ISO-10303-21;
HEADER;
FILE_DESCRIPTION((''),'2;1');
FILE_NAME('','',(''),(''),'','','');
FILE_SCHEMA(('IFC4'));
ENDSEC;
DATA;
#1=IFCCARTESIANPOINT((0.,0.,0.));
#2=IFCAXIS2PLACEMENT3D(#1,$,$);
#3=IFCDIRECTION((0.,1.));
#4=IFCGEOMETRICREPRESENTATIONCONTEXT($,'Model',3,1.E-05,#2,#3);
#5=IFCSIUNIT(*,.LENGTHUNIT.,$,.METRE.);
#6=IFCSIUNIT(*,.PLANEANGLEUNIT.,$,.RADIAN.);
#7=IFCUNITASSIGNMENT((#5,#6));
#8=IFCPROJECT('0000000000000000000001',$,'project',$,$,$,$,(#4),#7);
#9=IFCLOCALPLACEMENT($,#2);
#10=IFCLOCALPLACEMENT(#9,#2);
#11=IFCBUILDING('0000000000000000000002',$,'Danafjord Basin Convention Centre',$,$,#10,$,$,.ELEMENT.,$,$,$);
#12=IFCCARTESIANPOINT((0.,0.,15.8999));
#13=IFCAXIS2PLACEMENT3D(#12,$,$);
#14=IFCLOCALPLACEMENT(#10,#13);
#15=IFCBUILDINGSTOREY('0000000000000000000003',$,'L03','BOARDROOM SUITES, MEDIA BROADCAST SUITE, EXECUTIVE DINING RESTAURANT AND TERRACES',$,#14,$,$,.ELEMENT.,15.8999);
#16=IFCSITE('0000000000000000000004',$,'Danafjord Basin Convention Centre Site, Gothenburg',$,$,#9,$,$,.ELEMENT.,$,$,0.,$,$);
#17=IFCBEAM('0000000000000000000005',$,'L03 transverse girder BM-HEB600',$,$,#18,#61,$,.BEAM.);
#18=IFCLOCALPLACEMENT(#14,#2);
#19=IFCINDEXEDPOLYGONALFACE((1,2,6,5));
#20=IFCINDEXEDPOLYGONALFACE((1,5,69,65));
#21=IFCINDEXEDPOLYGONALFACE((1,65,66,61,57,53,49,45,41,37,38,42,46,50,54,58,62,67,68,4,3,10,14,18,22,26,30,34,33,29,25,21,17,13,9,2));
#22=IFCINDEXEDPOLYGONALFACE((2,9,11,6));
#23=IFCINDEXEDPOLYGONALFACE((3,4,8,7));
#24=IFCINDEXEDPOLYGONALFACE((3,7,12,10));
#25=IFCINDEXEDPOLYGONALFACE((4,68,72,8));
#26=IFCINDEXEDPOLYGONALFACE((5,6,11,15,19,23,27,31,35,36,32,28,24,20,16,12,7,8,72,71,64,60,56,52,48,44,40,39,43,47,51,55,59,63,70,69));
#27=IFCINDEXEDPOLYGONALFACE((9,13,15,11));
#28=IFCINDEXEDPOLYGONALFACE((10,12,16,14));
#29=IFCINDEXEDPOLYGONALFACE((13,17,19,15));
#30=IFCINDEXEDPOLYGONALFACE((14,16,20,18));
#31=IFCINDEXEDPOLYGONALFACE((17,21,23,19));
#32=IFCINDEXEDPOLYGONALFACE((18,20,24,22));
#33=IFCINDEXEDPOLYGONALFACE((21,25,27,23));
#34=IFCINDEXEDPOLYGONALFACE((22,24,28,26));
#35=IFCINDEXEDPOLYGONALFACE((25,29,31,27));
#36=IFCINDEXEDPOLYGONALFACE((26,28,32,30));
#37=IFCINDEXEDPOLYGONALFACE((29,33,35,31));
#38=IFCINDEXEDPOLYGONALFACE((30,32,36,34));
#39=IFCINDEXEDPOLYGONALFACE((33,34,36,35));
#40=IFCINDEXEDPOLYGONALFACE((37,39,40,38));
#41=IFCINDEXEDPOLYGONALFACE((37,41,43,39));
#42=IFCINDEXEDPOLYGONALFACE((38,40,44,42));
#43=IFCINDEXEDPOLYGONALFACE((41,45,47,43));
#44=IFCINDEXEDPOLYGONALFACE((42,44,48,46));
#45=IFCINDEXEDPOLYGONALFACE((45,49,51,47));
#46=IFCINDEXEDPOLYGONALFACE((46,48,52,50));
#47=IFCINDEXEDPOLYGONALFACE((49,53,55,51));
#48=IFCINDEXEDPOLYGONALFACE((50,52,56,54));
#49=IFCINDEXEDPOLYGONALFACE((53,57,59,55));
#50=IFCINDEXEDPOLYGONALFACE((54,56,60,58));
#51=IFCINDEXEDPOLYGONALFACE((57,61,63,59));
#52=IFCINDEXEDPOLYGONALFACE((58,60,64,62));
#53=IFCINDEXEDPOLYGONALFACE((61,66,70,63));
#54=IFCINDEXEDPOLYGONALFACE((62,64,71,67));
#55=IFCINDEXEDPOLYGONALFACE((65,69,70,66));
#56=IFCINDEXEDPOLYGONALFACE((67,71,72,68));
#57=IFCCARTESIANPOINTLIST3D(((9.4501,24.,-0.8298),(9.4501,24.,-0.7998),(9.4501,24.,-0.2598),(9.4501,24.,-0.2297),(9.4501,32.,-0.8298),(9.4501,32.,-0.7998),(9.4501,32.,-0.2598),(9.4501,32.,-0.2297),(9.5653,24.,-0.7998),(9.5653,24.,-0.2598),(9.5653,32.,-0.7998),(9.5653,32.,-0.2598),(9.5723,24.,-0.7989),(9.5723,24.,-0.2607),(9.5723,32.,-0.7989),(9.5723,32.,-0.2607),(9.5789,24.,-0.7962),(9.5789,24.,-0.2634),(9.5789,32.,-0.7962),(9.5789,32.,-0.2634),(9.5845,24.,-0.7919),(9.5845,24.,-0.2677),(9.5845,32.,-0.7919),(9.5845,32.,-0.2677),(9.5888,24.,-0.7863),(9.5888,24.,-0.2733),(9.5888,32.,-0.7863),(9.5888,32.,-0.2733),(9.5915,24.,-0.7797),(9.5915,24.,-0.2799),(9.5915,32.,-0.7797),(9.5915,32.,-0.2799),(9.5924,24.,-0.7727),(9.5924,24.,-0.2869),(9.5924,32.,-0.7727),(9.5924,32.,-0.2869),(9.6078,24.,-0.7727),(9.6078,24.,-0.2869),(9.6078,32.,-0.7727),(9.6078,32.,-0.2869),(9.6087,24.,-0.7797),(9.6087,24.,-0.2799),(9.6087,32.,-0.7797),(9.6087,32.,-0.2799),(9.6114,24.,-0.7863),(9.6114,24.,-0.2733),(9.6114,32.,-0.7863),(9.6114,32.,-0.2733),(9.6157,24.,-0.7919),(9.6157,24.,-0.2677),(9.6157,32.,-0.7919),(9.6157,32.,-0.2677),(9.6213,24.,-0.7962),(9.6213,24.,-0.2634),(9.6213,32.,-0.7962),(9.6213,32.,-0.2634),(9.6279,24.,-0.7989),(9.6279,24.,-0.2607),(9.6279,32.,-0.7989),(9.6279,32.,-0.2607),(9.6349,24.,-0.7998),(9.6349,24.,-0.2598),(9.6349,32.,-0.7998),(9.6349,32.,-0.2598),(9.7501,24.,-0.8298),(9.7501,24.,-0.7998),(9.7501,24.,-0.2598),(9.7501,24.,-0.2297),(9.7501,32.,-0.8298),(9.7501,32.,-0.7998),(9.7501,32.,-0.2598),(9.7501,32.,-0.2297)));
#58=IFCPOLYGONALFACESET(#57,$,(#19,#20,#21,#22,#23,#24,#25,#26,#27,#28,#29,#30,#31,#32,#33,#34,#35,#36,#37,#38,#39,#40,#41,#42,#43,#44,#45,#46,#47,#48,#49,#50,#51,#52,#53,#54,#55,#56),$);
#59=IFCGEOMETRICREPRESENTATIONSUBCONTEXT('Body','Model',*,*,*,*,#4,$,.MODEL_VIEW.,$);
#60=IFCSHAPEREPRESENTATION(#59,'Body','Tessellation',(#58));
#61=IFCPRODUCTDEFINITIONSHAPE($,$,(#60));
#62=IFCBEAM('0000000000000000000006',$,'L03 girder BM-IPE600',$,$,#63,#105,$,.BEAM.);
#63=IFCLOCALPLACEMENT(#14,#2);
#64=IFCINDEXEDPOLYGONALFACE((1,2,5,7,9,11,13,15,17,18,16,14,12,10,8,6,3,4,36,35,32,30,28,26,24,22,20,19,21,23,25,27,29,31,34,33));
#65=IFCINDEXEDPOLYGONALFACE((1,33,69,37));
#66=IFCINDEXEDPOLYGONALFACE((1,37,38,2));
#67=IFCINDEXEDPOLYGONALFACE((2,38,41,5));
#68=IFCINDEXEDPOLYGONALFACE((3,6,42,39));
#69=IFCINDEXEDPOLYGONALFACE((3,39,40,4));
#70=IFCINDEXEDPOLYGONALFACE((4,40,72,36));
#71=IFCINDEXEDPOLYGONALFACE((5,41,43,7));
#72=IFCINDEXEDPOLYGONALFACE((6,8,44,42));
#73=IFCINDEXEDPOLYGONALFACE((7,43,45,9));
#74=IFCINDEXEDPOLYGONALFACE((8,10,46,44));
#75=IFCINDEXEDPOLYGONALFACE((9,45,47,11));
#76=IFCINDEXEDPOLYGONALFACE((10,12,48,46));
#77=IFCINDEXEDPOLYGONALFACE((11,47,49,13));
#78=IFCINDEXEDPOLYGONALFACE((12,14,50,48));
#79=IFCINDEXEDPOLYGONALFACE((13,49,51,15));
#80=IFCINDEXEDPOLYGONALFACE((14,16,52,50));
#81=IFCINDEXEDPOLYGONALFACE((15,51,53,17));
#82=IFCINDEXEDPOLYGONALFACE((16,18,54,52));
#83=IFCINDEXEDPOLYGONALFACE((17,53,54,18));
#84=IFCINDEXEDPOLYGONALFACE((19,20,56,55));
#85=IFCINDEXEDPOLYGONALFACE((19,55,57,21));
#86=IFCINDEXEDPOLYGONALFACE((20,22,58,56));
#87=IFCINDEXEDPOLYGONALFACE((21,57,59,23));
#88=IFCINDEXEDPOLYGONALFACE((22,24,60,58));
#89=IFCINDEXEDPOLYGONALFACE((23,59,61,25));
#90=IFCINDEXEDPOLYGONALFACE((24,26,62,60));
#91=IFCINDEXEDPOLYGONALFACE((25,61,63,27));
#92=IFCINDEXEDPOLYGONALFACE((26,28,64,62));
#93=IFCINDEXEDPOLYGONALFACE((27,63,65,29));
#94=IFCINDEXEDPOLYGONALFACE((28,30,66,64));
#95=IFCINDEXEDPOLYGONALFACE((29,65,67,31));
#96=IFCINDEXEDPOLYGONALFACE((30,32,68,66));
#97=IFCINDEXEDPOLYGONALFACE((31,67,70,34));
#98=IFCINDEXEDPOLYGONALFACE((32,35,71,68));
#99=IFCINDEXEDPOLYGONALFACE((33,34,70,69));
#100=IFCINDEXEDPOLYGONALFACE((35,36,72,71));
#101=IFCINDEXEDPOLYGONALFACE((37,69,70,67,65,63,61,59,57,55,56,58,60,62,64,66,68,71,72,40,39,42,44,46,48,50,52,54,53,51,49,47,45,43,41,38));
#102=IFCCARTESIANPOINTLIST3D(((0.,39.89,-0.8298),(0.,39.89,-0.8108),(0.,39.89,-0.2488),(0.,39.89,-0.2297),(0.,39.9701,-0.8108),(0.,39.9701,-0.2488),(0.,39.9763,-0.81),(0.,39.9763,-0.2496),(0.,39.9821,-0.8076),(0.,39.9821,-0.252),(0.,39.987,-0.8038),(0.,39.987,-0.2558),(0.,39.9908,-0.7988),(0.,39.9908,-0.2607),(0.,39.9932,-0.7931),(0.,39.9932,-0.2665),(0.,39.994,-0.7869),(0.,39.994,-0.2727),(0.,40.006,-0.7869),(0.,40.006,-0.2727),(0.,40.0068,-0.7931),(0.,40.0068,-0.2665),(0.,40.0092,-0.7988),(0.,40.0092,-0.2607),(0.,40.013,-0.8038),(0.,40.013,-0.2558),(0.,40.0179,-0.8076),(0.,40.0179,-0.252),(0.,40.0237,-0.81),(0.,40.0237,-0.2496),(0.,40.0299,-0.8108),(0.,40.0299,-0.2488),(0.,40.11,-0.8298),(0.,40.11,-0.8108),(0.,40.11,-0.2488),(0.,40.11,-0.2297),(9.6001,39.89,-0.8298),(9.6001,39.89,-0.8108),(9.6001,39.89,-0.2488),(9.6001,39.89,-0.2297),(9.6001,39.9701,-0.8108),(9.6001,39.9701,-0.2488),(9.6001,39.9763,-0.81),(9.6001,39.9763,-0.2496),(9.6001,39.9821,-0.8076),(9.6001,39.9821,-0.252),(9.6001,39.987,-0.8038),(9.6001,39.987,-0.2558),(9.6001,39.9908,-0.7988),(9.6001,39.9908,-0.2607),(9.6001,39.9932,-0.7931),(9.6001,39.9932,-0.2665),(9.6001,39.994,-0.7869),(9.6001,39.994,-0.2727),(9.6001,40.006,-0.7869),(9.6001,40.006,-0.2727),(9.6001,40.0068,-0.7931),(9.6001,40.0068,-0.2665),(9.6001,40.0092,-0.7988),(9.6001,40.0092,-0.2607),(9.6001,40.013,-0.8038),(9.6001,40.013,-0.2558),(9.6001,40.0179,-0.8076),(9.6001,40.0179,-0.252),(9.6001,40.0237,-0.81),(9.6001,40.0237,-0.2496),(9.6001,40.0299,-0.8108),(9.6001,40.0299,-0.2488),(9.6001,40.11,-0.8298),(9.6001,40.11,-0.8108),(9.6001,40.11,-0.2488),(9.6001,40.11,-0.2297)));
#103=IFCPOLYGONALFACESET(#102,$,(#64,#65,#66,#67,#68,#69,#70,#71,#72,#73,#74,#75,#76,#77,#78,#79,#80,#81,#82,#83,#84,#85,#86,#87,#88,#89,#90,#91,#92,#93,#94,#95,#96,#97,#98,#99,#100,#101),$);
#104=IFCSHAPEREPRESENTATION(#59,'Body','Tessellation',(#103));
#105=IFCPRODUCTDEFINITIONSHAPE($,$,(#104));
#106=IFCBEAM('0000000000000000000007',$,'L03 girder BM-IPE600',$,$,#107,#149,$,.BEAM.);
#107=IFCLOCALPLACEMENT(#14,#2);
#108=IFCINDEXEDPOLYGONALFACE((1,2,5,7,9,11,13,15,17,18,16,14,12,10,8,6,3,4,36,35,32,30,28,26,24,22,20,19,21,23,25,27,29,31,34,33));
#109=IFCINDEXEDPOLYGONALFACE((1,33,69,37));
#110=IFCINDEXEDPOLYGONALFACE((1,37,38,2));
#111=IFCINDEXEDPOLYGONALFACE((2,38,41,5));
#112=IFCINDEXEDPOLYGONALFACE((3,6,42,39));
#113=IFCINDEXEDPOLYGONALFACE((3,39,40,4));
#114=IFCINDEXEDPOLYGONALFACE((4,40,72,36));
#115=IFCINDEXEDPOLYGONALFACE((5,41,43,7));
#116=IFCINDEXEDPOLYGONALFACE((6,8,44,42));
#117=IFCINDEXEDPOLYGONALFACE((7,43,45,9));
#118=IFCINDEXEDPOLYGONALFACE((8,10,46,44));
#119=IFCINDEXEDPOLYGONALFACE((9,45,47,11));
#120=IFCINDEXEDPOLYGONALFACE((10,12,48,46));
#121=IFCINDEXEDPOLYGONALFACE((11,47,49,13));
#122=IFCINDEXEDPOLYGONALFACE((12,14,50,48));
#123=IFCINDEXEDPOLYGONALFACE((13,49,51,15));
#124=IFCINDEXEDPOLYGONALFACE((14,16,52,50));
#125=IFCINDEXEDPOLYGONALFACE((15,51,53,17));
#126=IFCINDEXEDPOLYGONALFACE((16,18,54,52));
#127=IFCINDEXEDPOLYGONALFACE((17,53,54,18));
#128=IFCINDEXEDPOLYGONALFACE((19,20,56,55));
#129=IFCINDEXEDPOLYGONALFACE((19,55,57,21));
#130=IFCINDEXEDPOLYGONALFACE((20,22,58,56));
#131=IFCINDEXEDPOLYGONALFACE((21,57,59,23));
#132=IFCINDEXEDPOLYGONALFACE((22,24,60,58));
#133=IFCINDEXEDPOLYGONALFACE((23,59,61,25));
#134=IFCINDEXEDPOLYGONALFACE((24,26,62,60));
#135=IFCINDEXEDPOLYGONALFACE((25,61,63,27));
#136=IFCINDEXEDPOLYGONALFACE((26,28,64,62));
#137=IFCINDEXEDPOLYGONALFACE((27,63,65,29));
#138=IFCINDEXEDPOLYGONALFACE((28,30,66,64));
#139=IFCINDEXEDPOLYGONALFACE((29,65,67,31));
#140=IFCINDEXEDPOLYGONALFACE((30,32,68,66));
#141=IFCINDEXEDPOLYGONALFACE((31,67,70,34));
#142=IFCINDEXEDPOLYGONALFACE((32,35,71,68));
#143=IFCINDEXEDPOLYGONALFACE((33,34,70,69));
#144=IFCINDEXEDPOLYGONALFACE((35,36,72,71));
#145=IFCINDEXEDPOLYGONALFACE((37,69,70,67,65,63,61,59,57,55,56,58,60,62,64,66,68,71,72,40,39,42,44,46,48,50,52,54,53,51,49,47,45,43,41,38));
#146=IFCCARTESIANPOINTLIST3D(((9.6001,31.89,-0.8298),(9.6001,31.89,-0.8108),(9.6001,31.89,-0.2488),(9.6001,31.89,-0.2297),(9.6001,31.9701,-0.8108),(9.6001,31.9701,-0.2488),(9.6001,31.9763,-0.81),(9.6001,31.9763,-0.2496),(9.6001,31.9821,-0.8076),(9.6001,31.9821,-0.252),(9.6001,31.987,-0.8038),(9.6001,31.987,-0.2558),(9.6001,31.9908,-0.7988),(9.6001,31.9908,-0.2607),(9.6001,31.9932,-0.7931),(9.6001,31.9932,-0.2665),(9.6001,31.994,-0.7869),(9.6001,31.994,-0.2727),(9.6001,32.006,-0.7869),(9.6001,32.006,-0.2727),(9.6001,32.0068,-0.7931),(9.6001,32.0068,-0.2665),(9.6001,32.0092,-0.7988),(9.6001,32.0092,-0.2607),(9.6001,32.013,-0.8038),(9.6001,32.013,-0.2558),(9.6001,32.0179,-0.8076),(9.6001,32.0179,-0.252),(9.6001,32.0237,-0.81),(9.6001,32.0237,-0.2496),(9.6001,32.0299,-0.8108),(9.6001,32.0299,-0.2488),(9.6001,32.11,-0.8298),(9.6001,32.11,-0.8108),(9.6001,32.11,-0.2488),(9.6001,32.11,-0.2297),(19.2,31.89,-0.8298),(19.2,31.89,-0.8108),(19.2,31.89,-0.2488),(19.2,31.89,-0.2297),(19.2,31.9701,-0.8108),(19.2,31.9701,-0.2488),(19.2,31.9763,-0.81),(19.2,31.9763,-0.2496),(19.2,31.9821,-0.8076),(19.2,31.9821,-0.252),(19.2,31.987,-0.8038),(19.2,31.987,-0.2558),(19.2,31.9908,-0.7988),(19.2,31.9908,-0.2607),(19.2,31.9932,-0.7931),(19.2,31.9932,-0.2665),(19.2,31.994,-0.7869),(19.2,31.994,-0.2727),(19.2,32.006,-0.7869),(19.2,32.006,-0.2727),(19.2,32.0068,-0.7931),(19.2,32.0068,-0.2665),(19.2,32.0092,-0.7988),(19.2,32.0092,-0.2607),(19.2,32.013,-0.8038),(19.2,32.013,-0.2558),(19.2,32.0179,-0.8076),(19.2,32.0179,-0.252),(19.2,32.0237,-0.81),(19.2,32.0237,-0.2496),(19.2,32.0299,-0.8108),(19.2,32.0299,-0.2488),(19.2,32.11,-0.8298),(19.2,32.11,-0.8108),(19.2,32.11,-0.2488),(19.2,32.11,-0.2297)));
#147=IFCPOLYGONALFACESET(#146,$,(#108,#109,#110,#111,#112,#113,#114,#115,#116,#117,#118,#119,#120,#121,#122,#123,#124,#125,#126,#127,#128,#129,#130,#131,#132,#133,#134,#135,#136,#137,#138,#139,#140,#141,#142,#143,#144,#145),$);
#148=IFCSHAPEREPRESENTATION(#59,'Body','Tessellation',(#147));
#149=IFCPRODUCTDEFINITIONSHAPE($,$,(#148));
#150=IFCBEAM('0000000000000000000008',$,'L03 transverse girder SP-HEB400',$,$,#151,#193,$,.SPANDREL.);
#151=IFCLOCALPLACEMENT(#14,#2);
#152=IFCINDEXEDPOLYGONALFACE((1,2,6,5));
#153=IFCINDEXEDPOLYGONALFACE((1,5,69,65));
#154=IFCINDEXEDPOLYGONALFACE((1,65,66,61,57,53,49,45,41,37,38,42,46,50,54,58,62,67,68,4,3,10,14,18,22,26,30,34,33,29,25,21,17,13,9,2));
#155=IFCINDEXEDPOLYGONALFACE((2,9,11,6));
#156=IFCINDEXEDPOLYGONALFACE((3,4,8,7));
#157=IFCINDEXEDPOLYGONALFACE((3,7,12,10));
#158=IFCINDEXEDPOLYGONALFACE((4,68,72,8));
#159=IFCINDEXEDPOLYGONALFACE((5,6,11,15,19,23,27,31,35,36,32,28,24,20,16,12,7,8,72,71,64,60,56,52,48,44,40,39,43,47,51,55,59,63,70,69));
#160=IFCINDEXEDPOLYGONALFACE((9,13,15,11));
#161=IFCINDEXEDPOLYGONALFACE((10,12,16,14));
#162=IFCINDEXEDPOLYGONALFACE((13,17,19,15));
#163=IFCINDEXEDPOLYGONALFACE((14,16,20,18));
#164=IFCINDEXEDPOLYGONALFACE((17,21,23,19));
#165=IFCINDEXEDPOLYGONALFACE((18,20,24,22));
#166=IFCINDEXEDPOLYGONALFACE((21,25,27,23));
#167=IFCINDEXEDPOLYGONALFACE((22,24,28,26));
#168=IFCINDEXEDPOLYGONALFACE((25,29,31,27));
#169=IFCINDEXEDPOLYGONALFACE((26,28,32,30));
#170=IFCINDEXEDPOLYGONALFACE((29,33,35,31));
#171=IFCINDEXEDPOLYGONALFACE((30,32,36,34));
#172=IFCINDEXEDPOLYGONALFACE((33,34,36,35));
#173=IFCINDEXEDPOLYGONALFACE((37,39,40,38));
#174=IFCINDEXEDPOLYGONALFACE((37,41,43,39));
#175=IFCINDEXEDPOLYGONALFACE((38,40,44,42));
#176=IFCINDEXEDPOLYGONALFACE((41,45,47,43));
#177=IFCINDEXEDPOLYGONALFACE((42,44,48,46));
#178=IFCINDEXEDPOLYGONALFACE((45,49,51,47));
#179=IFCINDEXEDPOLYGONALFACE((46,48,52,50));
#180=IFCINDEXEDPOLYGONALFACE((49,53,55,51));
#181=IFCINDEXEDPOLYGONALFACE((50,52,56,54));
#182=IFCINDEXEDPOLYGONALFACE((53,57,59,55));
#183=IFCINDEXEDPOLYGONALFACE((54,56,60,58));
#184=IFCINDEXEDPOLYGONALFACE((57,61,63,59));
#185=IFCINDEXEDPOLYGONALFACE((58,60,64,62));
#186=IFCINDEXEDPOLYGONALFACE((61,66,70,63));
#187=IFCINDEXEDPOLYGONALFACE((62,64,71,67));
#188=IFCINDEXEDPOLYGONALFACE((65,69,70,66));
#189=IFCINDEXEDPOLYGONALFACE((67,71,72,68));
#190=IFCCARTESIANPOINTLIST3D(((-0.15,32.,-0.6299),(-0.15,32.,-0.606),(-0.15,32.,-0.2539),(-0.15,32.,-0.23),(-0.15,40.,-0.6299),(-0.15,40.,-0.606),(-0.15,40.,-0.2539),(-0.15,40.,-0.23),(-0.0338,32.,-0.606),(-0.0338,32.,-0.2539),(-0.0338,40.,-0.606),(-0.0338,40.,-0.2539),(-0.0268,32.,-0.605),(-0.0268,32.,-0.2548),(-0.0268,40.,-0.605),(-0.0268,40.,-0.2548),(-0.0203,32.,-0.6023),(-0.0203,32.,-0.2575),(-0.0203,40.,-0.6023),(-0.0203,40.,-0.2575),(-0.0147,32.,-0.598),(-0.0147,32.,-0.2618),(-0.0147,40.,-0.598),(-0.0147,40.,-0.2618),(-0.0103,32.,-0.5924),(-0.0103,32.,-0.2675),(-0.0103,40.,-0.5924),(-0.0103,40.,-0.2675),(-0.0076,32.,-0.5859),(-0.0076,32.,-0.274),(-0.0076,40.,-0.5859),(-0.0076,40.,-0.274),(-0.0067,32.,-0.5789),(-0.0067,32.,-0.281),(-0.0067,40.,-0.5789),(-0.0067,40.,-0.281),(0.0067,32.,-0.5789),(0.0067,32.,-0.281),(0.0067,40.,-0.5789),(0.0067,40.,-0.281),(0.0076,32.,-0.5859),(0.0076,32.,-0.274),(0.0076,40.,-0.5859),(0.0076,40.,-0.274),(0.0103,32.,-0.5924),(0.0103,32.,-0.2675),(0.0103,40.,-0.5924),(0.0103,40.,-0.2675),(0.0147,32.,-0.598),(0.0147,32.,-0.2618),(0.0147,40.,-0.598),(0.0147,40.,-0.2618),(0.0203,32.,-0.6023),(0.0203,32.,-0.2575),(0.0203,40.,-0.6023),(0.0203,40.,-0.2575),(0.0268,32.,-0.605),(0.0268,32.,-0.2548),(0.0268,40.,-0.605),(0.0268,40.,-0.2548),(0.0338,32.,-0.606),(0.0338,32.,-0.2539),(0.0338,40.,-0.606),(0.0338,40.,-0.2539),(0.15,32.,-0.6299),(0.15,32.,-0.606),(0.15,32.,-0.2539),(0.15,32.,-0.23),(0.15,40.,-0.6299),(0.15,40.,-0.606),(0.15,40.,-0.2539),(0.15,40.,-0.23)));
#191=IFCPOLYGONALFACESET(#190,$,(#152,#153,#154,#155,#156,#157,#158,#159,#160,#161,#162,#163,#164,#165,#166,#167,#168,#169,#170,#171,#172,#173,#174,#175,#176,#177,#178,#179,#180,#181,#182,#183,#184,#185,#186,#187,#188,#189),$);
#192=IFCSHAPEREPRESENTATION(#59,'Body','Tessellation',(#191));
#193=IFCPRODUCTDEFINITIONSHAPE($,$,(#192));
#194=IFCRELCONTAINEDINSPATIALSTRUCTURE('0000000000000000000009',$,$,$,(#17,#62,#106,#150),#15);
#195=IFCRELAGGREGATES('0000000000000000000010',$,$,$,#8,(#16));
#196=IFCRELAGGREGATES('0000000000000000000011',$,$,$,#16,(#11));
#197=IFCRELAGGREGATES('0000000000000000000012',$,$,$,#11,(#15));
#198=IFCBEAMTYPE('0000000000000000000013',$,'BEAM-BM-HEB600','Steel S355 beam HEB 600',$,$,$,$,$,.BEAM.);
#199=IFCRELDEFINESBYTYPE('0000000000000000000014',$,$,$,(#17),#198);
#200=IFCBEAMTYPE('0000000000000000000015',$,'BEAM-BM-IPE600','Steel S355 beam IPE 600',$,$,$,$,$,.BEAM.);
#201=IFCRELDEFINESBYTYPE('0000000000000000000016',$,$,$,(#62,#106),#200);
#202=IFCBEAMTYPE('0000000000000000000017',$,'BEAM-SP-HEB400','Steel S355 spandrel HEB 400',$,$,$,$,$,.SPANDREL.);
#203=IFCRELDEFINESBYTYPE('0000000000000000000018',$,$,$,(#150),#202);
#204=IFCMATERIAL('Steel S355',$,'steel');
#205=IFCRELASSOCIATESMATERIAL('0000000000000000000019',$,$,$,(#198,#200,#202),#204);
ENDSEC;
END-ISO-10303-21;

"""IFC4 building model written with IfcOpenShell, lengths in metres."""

from ifc_helpers import new_model, si_unit, direction, frame, origin, origin_2d, place, context, subcontext, project, spatial, i_section, extrude, material, material_profile, profile_set, type_object, element, save


model = new_model("IFC4")

# Units and contexts
model_context = context("Model", 3, precision=1e-05, world=origin(), true_north=direction((0.0, 1.0)))
body_context = subcontext(model_context, "Body", "Model", "MODEL_VIEW")
ifc_project = project(units=[si_unit("LENGTHUNIT", "METRE"), si_unit("PLANEANGLEUNIT", "RADIAN")], contexts=[model_context])

# Site, building, storey
site_placement = place(None, origin())
site = spatial("IfcSite", under=ifc_project, at=site_placement, Name="Danafjord Basin Convention Centre Site, Gothenburg", CompositionType="ELEMENT", RefElevation=0.0)
building_placement = place(site_placement, origin())
building = spatial("IfcBuilding", under=site, at=building_placement, Name="Danafjord Basin Convention Centre", CompositionType="ELEMENT")
storey_placement = place(building_placement, frame((0.0, 0.0, 15.8999)))
storey = spatial("IfcBuildingStorey", under=building, at=storey_placement, Name="L03", Description="BOARDROOM SUITES, MEDIA BROADCAST SUITE, EXECUTIVE DINING RESTAURANT AND TERRACES", CompositionType="ELEMENT", Elevation=15.8999)

# Shared definitions
ifc_material_1 = material(Name="Steel S355", Category="steel")

# Beams
ifc_material_profile_1 = material_profile(ifc_material_1, i_section(OverallWidth=0.3, OverallDepth=0.6001, WebThickness=0.0154, FlangeThickness=0.03, FilletRadius=0.0271, at=origin_2d()), Name="HEB 600")
ifc_profile_set_1 = profile_set([ifc_material_profile_1], Name="Steel S355")
beam_type_1 = type_object("IfcBeamType", Name="BEAM-BM-HEB600", Description="Steel S355 beam HEB 600", PredefinedType="BEAM", material=ifc_profile_set_1)
beam_1_placement = place(storey_placement, frame((9.6001, 24.0, -0.5298), z_axis=(0.0, 1.0, 0.0), x_axis=(-1.0, 0.0, 0.0)))
element("IfcBeam", 1, at=beam_1_placement, inside=storey, type_object=beam_type_1, Name="L03 transverse girder BM-HEB600", PredefinedType="BEAM", context=body_context, shape_type="SweptSolid", body=[
    extrude(i_section(OverallWidth=0.3, OverallDepth=0.6001, WebThickness=0.0154, FlangeThickness=0.03, FilletRadius=0.0271, at=origin_2d()), origin(), (0.0, 0.0, 1.0), 8.0),
])
ifc_material_profile_2 = material_profile(ifc_material_1, i_section(OverallWidth=0.22, OverallDepth=0.6001, WebThickness=0.012, FlangeThickness=0.019, FilletRadius=0.0239, at=origin_2d()), Name="IPE 600")
ifc_profile_set_2 = profile_set([ifc_material_profile_2], Name="Steel S355")
beam_type_2 = type_object("IfcBeamType", Name="BEAM-BM-IPE600", Description="Steel S355 beam IPE 600", PredefinedType="BEAM", material=ifc_profile_set_2)
beam_2_placement = place(storey_placement, frame((0.0, 40.0, -0.5298), z_axis=(1.0, 0.0, 0.0), x_axis=(0.0, 1.0, 0.0)))
element("IfcBeam", 2, at=beam_2_placement, inside=storey, type_object=beam_type_2, Name="L03 girder BM-IPE600", PredefinedType="BEAM", context=body_context, shape_type="SweptSolid", body=[
    extrude(i_section(OverallWidth=0.22, OverallDepth=0.6001, WebThickness=0.012, FlangeThickness=0.019, FilletRadius=0.0239, at=origin_2d()), origin(), (0.0, 0.0, 1.0), 9.6001),
])
beam_3_placement = place(storey_placement, frame((9.6001, 32.0, -0.5298), z_axis=(1.0, 0.0, 0.0), x_axis=(0.0, 1.0, 0.0)))
element("IfcBeam", 3, at=beam_3_placement, inside=storey, type_object=beam_type_2, Name="L03 girder BM-IPE600", PredefinedType="BEAM", context=body_context, shape_type="SweptSolid", body=[
    extrude(i_section(OverallWidth=0.22, OverallDepth=0.6001, WebThickness=0.012, FlangeThickness=0.019, FilletRadius=0.0239, at=origin_2d()), origin(), (0.0, 0.0, 1.0), 9.5999),
])
ifc_material_profile_3 = material_profile(ifc_material_1, i_section(OverallWidth=0.3, OverallDepth=0.3999, WebThickness=0.0134, FlangeThickness=0.0239, FilletRadius=0.0271, at=origin_2d()), Name="HEB 400")
ifc_profile_set_3 = profile_set([ifc_material_profile_3], Name="Steel S355")
beam_type_3 = type_object("IfcBeamType", Name="BEAM-SP-HEB400", Description="Steel S355 spandrel HEB 400", PredefinedType="SPANDREL", material=ifc_profile_set_3)
beam_4_placement = place(storey_placement, frame((0.0, 32.0, -0.4299), z_axis=(0.0, 1.0, 0.0), x_axis=(-1.0, 0.0, 0.0)))
element("IfcBeam", 4, at=beam_4_placement, inside=storey, type_object=beam_type_3, Name="L03 transverse girder SP-HEB400", PredefinedType="SPANDREL", context=body_context, shape_type="SweptSolid", body=[
    extrude(i_section(OverallWidth=0.3, OverallDepth=0.3999, WebThickness=0.0134, FlangeThickness=0.0239, FilletRadius=0.0271, at=origin_2d()), origin(), (0.0, 0.0, 1.0), 8.0),
])

save(model, "model.ifc")
